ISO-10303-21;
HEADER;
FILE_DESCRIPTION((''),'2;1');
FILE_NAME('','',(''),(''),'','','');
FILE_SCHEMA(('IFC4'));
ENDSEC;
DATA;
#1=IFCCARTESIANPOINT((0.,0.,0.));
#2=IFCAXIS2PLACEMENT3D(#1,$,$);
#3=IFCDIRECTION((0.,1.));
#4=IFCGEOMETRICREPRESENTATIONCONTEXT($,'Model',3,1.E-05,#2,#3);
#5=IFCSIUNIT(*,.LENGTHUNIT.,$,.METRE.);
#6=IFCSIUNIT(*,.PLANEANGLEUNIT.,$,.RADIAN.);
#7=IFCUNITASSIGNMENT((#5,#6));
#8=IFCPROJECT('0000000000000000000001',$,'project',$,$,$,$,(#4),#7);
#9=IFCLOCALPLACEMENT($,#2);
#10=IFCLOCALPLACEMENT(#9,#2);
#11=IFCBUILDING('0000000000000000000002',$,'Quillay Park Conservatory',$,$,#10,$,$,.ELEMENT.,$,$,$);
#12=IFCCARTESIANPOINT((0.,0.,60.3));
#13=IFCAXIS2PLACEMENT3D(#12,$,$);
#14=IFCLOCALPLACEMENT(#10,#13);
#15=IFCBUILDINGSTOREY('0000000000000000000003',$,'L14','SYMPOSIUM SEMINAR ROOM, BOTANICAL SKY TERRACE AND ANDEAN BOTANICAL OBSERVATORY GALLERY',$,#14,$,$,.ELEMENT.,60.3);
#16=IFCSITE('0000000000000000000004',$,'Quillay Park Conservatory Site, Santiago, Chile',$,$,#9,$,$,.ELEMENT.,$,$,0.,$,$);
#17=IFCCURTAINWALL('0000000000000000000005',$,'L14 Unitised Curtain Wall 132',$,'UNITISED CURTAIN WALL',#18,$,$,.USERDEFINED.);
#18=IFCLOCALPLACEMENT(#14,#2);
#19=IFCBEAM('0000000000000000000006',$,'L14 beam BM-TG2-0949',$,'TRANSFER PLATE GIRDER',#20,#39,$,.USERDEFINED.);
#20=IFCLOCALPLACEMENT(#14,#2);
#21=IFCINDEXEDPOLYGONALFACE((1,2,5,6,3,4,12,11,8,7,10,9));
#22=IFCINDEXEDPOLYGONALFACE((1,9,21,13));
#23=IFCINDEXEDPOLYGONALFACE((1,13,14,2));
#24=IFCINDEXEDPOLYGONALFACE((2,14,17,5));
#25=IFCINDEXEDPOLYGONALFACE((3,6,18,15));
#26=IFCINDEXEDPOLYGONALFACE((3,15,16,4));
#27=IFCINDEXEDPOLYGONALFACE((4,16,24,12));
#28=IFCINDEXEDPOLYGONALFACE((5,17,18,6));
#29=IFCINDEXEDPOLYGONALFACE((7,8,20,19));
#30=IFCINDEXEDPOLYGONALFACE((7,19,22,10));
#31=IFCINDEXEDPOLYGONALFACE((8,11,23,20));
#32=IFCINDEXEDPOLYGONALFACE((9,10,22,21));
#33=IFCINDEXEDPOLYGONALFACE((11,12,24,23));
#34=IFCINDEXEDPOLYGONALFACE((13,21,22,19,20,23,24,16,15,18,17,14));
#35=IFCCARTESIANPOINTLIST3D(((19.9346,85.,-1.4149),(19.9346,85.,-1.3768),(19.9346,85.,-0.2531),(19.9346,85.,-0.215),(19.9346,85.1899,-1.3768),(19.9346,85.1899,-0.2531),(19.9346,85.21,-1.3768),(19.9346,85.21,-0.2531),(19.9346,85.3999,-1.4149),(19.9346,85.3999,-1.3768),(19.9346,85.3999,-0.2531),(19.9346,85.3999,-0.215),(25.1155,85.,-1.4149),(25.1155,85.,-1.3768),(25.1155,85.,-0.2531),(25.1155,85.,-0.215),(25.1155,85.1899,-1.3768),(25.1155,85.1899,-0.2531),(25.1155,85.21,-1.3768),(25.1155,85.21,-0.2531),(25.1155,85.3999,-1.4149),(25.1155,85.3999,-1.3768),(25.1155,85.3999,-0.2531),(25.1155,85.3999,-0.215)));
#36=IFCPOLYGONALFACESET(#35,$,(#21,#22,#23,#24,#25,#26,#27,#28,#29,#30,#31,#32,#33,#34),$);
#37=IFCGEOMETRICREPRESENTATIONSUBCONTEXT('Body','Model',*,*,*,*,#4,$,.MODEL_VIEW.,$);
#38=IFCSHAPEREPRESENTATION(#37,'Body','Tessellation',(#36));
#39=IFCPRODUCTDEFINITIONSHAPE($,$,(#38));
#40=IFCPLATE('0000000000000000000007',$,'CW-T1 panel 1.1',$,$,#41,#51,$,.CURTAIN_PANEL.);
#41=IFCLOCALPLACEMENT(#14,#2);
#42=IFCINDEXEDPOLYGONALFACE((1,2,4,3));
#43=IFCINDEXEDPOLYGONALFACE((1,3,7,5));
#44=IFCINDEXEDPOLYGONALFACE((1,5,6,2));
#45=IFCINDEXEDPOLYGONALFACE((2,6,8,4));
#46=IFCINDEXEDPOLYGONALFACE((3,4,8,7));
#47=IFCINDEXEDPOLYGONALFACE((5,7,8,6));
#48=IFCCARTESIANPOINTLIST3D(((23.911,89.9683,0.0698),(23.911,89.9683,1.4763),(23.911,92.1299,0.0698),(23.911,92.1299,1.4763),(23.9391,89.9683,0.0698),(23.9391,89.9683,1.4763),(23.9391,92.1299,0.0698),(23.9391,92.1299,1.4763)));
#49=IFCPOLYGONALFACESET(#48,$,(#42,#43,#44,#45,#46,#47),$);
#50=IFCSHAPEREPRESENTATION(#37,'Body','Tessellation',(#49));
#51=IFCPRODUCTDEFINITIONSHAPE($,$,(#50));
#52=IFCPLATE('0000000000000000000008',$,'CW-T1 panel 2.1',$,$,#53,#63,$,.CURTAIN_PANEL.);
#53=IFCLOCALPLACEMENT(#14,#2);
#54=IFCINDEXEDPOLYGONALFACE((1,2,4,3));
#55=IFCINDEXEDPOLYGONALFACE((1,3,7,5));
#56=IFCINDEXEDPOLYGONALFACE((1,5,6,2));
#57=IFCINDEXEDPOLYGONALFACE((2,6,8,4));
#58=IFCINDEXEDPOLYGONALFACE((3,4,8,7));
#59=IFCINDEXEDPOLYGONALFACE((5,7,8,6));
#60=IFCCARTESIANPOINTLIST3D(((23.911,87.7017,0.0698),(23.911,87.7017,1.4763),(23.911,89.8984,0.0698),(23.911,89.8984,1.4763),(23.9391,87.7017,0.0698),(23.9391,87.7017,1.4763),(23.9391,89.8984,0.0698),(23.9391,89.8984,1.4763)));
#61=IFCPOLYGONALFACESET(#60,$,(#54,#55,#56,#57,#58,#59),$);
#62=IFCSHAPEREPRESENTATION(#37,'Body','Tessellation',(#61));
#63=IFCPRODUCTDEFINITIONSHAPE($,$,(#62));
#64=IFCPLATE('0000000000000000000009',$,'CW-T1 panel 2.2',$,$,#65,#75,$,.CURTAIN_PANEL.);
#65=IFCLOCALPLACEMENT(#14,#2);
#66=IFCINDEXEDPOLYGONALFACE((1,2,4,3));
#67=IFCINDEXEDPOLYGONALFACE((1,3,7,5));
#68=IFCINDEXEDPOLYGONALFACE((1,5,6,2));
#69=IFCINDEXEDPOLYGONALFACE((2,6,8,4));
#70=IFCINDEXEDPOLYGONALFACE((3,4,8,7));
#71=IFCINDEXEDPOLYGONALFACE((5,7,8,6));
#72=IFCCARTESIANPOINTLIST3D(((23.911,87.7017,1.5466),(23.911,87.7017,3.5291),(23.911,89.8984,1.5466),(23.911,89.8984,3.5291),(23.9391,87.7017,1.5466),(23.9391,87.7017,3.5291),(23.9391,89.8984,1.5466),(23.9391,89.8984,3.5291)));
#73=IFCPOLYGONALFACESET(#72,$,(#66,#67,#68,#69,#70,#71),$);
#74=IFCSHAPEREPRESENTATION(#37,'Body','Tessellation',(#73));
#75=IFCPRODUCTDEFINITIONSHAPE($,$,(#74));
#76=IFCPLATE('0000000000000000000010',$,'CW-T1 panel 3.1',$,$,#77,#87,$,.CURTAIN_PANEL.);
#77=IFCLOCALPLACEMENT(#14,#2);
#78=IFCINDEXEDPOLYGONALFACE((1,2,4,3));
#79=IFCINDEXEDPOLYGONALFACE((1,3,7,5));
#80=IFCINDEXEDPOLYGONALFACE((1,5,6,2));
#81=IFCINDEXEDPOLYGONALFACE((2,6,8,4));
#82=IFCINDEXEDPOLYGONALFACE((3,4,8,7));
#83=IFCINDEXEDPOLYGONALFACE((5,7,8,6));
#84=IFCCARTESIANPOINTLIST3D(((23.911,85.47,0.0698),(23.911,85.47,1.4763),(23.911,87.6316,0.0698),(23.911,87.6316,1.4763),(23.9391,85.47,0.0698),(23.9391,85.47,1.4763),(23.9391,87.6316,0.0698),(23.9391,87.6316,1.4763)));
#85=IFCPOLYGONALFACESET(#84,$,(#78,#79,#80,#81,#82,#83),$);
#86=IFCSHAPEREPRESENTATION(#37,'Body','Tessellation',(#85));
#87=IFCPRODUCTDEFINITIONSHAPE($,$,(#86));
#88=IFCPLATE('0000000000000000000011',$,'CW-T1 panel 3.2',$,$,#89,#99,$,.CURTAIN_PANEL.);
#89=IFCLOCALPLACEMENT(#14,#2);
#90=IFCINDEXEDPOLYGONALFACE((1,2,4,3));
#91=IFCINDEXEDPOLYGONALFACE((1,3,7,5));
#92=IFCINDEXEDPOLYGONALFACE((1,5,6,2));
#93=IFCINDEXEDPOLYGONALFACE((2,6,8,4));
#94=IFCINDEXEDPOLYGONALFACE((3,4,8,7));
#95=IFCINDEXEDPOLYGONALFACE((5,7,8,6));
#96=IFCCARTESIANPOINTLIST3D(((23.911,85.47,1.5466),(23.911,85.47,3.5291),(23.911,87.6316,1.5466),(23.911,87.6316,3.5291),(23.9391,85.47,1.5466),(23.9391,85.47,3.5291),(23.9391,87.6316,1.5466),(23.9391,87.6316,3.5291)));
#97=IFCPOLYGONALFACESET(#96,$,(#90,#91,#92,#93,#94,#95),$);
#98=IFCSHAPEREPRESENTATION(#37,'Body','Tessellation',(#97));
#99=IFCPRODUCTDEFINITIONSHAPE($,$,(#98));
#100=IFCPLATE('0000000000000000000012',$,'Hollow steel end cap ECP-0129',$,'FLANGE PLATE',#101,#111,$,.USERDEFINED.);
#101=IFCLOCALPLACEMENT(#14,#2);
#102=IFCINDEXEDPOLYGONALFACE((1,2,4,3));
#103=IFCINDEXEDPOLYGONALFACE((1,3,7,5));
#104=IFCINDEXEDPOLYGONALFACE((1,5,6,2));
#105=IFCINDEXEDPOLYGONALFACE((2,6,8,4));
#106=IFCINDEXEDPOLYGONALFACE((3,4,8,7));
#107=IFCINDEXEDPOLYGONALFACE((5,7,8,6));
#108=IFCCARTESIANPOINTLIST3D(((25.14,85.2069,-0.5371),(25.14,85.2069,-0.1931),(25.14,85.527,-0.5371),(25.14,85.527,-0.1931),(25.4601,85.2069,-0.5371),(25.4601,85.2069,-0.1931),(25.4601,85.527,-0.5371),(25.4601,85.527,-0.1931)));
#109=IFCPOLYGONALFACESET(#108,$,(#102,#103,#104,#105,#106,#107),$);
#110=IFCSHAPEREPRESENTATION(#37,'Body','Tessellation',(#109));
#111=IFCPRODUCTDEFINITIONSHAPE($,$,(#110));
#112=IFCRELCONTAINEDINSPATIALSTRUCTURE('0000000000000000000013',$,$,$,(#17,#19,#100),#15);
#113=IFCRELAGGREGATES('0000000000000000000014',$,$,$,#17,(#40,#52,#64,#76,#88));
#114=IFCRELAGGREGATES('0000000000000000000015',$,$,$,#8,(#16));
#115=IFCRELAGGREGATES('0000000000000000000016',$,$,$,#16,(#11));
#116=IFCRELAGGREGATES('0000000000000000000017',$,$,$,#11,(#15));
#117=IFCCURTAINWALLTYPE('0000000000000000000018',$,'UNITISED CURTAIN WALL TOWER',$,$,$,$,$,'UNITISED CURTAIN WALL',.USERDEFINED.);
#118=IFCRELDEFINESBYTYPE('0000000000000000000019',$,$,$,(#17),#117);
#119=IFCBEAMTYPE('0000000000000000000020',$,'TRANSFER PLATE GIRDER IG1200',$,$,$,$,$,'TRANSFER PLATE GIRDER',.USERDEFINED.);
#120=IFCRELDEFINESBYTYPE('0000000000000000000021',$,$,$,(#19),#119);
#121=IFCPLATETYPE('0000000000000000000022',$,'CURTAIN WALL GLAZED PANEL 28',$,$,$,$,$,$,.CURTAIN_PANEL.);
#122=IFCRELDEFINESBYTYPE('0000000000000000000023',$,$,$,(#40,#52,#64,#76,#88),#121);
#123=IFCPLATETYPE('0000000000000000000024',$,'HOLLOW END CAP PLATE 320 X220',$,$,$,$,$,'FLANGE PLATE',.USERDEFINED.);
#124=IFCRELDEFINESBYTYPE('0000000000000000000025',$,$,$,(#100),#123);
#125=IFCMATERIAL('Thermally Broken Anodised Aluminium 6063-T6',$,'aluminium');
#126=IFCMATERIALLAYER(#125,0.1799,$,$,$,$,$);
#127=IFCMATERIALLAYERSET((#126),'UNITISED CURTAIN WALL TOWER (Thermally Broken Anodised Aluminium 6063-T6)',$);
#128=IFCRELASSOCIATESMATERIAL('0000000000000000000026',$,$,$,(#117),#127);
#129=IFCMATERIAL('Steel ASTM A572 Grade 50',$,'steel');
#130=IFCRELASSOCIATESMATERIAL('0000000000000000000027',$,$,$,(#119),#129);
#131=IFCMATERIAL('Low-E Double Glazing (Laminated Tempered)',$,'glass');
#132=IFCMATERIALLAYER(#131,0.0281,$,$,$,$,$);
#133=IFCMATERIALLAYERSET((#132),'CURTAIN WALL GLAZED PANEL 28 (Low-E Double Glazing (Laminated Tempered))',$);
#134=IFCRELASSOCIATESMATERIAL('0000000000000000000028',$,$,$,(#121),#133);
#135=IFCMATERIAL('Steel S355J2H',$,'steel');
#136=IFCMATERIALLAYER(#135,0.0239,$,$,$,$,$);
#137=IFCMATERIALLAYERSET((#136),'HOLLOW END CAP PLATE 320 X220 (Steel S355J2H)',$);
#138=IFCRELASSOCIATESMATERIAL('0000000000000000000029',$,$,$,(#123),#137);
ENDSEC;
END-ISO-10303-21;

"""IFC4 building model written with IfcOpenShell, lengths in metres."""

from ifc_helpers import new_model, si_unit, direction, frame, origin, origin_2d, place, context, subcontext, project, spatial, rectangle, i_section, extrude, material, layer, layer_set, material_profile, profile_set, type_object, element, aggregate, save


model = new_model("IFC4")

# Units and contexts
model_context = context("Model", 3, precision=1e-05, world=origin(), true_north=direction((0.0, 1.0)))
body_context = subcontext(model_context, "Body", "Model", "MODEL_VIEW")
ifc_project = project(units=[si_unit("LENGTHUNIT", "METRE"), si_unit("PLANEANGLEUNIT", "RADIAN")], contexts=[model_context])

# Site, building, storey
site_placement = place(None, origin())
site = spatial("IfcSite", under=ifc_project, at=site_placement, Name="Quillay Park Conservatory Site, Santiago, Chile", CompositionType="ELEMENT", RefElevation=0.0)
building_placement = place(site_placement, origin())
building = spatial("IfcBuilding", under=site, at=building_placement, Name="Quillay Park Conservatory", CompositionType="ELEMENT")
storey_placement = place(building_placement, frame((0.0, 0.0, 60.3)))
storey = spatial("IfcBuildingStorey", under=building, at=storey_placement, Name="L14", Description="SYMPOSIUM SEMINAR ROOM, BOTANICAL SKY TERRACE AND ANDEAN BOTANICAL OBSERVATORY GALLERY", CompositionType="ELEMENT", Elevation=60.3)

# Curtain wall
ifc_material_1 = material(Name="Thermally Broken Anodised Aluminium 6063-T6", Category="aluminium")
ifc_layer_1 = layer(ifc_material_1, 0.1799)
ifc_layer_set_1 = layer_set([ifc_layer_1], Name="UNITISED CURTAIN WALL TOWER (Thermally Broken Anodised Aluminium 6063-T6)")
curtain_wall_type = type_object("IfcCurtainWallType", Name="UNITISED CURTAIN WALL TOWER", ElementType="UNITISED CURTAIN WALL", PredefinedType="USERDEFINED", material=ifc_layer_set_1)
curtain_wall_placement = place(storey_placement, origin())
curtain_wall = element("IfcCurtainWall", 1, at=curtain_wall_placement, inside=storey, type_object=curtain_wall_type, Name="L14 Unitised Curtain Wall 132", ObjectType="UNITISED CURTAIN WALL", PredefinedType="USERDEFINED")

# Beam
ifc_material_2 = material(Name="Steel ASTM A572 Grade 50", Category="steel")
ifc_material_profile_1 = material_profile(ifc_material_2, i_section(OverallWidth=0.3999, OverallDepth=1.2, WebThickness=0.02, FlangeThickness=0.0381, at=origin_2d()), Name="IG1200x400")
ifc_profile_set_1 = profile_set([ifc_material_profile_1], Name="Steel ASTM A572 Grade 50")
beam_type_1 = type_object("IfcBeamType", Name="TRANSFER PLATE GIRDER IG1200", ElementType="TRANSFER PLATE GIRDER", PredefinedType="USERDEFINED", material=ifc_profile_set_1)
beam_1_placement = place(storey_placement, frame((19.9346, 85.2, -0.8149), z_axis=(1.0, 0.0, 0.0), x_axis=(0.0, 1.0, 0.0)))
element("IfcBeam", 2, at=beam_1_placement, inside=storey, type_object=beam_type_1, Name="L14 beam BM-TG2-0949", ObjectType="TRANSFER PLATE GIRDER", PredefinedType="USERDEFINED", context=body_context, shape_type="SweptSolid", body=[
    extrude(i_section(OverallWidth=0.3999, OverallDepth=1.2, WebThickness=0.02, FlangeThickness=0.0381, at=origin_2d()), origin(), (0.0, 0.0, 1.0), 5.1809),
])

# Plates
ifc_material_3 = material(Name="Low-E Double Glazing (Laminated Tempered)", Category="glass")
ifc_layer_2 = layer(ifc_material_3, 0.0281)
ifc_layer_set_2 = layer_set([ifc_layer_2], Name="CURTAIN WALL GLAZED PANEL 28 (Low-E Double Glazing (Laminated Tempered))")
plate_type_1 = type_object("IfcPlateType", Name="CURTAIN WALL GLAZED PANEL 28", PredefinedType="CURTAIN_PANEL", material=ifc_layer_set_2)
plate_1_placement = place(storey_placement, frame((23.925, 91.0491, 0.0698), z_axis=(0.0, 0.0, 1.0), x_axis=(0.0, -1.0, 0.0)))
plate_1 = element("IfcPlate", 3, at=plate_1_placement, type_object=plate_type_1, Name="CW-T1 panel 1.1", PredefinedType="CURTAIN_PANEL", context=body_context, shape_type="SweptSolid", body=[
    extrude(rectangle(XDim=2.1616, YDim=0.0281, at=origin_2d()), origin(), (0.0, 0.0, 1.0), 1.4065),
])
plate_2_placement = place(storey_placement, frame((23.925, 88.8, 0.0698), z_axis=(0.0, 0.0, 1.0), x_axis=(0.0, -1.0, 0.0)))
plate_2 = element("IfcPlate", 4, at=plate_2_placement, type_object=plate_type_1, Name="CW-T1 panel 2.1", PredefinedType="CURTAIN_PANEL", context=body_context, shape_type="SweptSolid", body=[
    extrude(rectangle(XDim=2.1968, YDim=0.0281, at=origin_2d()), origin(), (0.0, 0.0, 1.0), 1.4065),
])
plate_3_placement = place(storey_placement, frame((23.925, 88.8, 1.5466), z_axis=(0.0, 0.0, 1.0), x_axis=(0.0, -1.0, 0.0)))
plate_3 = element("IfcPlate", 5, at=plate_3_placement, type_object=plate_type_1, Name="CW-T1 panel 2.2", PredefinedType="CURTAIN_PANEL", context=body_context, shape_type="SweptSolid", body=[
    extrude(rectangle(XDim=2.1968, YDim=0.0281, at=origin_2d()), origin(), (0.0, 0.0, 1.0), 1.9824),
])
plate_4_placement = place(storey_placement, frame((23.925, 86.5508, 0.0698), z_axis=(0.0, 0.0, 1.0), x_axis=(0.0, -1.0, 0.0)))
plate_4 = element("IfcPlate", 6, at=plate_4_placement, type_object=plate_type_1, Name="CW-T1 panel 3.1", PredefinedType="CURTAIN_PANEL", context=body_context, shape_type="SweptSolid", body=[
    extrude(rectangle(XDim=2.1616, YDim=0.0281, at=origin_2d()), origin(), (0.0, 0.0, 1.0), 1.4065),
])
plate_5_placement = place(storey_placement, frame((23.925, 86.5508, 1.5466), z_axis=(0.0, 0.0, 1.0), x_axis=(0.0, -1.0, 0.0)))
plate_5 = element("IfcPlate", 7, at=plate_5_placement, type_object=plate_type_1, Name="CW-T1 panel 3.2", PredefinedType="CURTAIN_PANEL", context=body_context, shape_type="SweptSolid", body=[
    extrude(rectangle(XDim=2.1616, YDim=0.0281, at=origin_2d()), origin(), (0.0, 0.0, 1.0), 1.9824),
])
aggregate(curtain_wall, [plate_1, plate_2, plate_3, plate_4, plate_5])
ifc_material_4 = material(Name="Steel S355J2H", Category="steel")
ifc_layer_3 = layer(ifc_material_4, 0.0239)
ifc_layer_set_3 = layer_set([ifc_layer_3], Name="HOLLOW END CAP PLATE 320 X220 (Steel S355J2H)")
plate_type_2 = type_object("IfcPlateType", Name="HOLLOW END CAP PLATE 320 X220", ElementType="FLANGE PLATE", PredefinedType="USERDEFINED", material=ifc_layer_set_3)
plate_6_placement = place(storey_placement, frame((25.3, 85.3669, -0.5371), z_axis=(0.0, 0.0, 1.0), x_axis=(1.0, 0.0, 0.0)))
element("IfcPlate", 8, at=plate_6_placement, inside=storey, type_object=plate_type_2, Name="Hollow steel end cap ECP-0129", ObjectType="FLANGE PLATE", PredefinedType="USERDEFINED", context=body_context, shape_type="SweptSolid", body=[
    extrude(rectangle(XDim=0.3201, YDim=0.3201, at=origin_2d()), origin(), (0.0, 0.0, 1.0), 0.344),
])

save(model, "model.ifc")
